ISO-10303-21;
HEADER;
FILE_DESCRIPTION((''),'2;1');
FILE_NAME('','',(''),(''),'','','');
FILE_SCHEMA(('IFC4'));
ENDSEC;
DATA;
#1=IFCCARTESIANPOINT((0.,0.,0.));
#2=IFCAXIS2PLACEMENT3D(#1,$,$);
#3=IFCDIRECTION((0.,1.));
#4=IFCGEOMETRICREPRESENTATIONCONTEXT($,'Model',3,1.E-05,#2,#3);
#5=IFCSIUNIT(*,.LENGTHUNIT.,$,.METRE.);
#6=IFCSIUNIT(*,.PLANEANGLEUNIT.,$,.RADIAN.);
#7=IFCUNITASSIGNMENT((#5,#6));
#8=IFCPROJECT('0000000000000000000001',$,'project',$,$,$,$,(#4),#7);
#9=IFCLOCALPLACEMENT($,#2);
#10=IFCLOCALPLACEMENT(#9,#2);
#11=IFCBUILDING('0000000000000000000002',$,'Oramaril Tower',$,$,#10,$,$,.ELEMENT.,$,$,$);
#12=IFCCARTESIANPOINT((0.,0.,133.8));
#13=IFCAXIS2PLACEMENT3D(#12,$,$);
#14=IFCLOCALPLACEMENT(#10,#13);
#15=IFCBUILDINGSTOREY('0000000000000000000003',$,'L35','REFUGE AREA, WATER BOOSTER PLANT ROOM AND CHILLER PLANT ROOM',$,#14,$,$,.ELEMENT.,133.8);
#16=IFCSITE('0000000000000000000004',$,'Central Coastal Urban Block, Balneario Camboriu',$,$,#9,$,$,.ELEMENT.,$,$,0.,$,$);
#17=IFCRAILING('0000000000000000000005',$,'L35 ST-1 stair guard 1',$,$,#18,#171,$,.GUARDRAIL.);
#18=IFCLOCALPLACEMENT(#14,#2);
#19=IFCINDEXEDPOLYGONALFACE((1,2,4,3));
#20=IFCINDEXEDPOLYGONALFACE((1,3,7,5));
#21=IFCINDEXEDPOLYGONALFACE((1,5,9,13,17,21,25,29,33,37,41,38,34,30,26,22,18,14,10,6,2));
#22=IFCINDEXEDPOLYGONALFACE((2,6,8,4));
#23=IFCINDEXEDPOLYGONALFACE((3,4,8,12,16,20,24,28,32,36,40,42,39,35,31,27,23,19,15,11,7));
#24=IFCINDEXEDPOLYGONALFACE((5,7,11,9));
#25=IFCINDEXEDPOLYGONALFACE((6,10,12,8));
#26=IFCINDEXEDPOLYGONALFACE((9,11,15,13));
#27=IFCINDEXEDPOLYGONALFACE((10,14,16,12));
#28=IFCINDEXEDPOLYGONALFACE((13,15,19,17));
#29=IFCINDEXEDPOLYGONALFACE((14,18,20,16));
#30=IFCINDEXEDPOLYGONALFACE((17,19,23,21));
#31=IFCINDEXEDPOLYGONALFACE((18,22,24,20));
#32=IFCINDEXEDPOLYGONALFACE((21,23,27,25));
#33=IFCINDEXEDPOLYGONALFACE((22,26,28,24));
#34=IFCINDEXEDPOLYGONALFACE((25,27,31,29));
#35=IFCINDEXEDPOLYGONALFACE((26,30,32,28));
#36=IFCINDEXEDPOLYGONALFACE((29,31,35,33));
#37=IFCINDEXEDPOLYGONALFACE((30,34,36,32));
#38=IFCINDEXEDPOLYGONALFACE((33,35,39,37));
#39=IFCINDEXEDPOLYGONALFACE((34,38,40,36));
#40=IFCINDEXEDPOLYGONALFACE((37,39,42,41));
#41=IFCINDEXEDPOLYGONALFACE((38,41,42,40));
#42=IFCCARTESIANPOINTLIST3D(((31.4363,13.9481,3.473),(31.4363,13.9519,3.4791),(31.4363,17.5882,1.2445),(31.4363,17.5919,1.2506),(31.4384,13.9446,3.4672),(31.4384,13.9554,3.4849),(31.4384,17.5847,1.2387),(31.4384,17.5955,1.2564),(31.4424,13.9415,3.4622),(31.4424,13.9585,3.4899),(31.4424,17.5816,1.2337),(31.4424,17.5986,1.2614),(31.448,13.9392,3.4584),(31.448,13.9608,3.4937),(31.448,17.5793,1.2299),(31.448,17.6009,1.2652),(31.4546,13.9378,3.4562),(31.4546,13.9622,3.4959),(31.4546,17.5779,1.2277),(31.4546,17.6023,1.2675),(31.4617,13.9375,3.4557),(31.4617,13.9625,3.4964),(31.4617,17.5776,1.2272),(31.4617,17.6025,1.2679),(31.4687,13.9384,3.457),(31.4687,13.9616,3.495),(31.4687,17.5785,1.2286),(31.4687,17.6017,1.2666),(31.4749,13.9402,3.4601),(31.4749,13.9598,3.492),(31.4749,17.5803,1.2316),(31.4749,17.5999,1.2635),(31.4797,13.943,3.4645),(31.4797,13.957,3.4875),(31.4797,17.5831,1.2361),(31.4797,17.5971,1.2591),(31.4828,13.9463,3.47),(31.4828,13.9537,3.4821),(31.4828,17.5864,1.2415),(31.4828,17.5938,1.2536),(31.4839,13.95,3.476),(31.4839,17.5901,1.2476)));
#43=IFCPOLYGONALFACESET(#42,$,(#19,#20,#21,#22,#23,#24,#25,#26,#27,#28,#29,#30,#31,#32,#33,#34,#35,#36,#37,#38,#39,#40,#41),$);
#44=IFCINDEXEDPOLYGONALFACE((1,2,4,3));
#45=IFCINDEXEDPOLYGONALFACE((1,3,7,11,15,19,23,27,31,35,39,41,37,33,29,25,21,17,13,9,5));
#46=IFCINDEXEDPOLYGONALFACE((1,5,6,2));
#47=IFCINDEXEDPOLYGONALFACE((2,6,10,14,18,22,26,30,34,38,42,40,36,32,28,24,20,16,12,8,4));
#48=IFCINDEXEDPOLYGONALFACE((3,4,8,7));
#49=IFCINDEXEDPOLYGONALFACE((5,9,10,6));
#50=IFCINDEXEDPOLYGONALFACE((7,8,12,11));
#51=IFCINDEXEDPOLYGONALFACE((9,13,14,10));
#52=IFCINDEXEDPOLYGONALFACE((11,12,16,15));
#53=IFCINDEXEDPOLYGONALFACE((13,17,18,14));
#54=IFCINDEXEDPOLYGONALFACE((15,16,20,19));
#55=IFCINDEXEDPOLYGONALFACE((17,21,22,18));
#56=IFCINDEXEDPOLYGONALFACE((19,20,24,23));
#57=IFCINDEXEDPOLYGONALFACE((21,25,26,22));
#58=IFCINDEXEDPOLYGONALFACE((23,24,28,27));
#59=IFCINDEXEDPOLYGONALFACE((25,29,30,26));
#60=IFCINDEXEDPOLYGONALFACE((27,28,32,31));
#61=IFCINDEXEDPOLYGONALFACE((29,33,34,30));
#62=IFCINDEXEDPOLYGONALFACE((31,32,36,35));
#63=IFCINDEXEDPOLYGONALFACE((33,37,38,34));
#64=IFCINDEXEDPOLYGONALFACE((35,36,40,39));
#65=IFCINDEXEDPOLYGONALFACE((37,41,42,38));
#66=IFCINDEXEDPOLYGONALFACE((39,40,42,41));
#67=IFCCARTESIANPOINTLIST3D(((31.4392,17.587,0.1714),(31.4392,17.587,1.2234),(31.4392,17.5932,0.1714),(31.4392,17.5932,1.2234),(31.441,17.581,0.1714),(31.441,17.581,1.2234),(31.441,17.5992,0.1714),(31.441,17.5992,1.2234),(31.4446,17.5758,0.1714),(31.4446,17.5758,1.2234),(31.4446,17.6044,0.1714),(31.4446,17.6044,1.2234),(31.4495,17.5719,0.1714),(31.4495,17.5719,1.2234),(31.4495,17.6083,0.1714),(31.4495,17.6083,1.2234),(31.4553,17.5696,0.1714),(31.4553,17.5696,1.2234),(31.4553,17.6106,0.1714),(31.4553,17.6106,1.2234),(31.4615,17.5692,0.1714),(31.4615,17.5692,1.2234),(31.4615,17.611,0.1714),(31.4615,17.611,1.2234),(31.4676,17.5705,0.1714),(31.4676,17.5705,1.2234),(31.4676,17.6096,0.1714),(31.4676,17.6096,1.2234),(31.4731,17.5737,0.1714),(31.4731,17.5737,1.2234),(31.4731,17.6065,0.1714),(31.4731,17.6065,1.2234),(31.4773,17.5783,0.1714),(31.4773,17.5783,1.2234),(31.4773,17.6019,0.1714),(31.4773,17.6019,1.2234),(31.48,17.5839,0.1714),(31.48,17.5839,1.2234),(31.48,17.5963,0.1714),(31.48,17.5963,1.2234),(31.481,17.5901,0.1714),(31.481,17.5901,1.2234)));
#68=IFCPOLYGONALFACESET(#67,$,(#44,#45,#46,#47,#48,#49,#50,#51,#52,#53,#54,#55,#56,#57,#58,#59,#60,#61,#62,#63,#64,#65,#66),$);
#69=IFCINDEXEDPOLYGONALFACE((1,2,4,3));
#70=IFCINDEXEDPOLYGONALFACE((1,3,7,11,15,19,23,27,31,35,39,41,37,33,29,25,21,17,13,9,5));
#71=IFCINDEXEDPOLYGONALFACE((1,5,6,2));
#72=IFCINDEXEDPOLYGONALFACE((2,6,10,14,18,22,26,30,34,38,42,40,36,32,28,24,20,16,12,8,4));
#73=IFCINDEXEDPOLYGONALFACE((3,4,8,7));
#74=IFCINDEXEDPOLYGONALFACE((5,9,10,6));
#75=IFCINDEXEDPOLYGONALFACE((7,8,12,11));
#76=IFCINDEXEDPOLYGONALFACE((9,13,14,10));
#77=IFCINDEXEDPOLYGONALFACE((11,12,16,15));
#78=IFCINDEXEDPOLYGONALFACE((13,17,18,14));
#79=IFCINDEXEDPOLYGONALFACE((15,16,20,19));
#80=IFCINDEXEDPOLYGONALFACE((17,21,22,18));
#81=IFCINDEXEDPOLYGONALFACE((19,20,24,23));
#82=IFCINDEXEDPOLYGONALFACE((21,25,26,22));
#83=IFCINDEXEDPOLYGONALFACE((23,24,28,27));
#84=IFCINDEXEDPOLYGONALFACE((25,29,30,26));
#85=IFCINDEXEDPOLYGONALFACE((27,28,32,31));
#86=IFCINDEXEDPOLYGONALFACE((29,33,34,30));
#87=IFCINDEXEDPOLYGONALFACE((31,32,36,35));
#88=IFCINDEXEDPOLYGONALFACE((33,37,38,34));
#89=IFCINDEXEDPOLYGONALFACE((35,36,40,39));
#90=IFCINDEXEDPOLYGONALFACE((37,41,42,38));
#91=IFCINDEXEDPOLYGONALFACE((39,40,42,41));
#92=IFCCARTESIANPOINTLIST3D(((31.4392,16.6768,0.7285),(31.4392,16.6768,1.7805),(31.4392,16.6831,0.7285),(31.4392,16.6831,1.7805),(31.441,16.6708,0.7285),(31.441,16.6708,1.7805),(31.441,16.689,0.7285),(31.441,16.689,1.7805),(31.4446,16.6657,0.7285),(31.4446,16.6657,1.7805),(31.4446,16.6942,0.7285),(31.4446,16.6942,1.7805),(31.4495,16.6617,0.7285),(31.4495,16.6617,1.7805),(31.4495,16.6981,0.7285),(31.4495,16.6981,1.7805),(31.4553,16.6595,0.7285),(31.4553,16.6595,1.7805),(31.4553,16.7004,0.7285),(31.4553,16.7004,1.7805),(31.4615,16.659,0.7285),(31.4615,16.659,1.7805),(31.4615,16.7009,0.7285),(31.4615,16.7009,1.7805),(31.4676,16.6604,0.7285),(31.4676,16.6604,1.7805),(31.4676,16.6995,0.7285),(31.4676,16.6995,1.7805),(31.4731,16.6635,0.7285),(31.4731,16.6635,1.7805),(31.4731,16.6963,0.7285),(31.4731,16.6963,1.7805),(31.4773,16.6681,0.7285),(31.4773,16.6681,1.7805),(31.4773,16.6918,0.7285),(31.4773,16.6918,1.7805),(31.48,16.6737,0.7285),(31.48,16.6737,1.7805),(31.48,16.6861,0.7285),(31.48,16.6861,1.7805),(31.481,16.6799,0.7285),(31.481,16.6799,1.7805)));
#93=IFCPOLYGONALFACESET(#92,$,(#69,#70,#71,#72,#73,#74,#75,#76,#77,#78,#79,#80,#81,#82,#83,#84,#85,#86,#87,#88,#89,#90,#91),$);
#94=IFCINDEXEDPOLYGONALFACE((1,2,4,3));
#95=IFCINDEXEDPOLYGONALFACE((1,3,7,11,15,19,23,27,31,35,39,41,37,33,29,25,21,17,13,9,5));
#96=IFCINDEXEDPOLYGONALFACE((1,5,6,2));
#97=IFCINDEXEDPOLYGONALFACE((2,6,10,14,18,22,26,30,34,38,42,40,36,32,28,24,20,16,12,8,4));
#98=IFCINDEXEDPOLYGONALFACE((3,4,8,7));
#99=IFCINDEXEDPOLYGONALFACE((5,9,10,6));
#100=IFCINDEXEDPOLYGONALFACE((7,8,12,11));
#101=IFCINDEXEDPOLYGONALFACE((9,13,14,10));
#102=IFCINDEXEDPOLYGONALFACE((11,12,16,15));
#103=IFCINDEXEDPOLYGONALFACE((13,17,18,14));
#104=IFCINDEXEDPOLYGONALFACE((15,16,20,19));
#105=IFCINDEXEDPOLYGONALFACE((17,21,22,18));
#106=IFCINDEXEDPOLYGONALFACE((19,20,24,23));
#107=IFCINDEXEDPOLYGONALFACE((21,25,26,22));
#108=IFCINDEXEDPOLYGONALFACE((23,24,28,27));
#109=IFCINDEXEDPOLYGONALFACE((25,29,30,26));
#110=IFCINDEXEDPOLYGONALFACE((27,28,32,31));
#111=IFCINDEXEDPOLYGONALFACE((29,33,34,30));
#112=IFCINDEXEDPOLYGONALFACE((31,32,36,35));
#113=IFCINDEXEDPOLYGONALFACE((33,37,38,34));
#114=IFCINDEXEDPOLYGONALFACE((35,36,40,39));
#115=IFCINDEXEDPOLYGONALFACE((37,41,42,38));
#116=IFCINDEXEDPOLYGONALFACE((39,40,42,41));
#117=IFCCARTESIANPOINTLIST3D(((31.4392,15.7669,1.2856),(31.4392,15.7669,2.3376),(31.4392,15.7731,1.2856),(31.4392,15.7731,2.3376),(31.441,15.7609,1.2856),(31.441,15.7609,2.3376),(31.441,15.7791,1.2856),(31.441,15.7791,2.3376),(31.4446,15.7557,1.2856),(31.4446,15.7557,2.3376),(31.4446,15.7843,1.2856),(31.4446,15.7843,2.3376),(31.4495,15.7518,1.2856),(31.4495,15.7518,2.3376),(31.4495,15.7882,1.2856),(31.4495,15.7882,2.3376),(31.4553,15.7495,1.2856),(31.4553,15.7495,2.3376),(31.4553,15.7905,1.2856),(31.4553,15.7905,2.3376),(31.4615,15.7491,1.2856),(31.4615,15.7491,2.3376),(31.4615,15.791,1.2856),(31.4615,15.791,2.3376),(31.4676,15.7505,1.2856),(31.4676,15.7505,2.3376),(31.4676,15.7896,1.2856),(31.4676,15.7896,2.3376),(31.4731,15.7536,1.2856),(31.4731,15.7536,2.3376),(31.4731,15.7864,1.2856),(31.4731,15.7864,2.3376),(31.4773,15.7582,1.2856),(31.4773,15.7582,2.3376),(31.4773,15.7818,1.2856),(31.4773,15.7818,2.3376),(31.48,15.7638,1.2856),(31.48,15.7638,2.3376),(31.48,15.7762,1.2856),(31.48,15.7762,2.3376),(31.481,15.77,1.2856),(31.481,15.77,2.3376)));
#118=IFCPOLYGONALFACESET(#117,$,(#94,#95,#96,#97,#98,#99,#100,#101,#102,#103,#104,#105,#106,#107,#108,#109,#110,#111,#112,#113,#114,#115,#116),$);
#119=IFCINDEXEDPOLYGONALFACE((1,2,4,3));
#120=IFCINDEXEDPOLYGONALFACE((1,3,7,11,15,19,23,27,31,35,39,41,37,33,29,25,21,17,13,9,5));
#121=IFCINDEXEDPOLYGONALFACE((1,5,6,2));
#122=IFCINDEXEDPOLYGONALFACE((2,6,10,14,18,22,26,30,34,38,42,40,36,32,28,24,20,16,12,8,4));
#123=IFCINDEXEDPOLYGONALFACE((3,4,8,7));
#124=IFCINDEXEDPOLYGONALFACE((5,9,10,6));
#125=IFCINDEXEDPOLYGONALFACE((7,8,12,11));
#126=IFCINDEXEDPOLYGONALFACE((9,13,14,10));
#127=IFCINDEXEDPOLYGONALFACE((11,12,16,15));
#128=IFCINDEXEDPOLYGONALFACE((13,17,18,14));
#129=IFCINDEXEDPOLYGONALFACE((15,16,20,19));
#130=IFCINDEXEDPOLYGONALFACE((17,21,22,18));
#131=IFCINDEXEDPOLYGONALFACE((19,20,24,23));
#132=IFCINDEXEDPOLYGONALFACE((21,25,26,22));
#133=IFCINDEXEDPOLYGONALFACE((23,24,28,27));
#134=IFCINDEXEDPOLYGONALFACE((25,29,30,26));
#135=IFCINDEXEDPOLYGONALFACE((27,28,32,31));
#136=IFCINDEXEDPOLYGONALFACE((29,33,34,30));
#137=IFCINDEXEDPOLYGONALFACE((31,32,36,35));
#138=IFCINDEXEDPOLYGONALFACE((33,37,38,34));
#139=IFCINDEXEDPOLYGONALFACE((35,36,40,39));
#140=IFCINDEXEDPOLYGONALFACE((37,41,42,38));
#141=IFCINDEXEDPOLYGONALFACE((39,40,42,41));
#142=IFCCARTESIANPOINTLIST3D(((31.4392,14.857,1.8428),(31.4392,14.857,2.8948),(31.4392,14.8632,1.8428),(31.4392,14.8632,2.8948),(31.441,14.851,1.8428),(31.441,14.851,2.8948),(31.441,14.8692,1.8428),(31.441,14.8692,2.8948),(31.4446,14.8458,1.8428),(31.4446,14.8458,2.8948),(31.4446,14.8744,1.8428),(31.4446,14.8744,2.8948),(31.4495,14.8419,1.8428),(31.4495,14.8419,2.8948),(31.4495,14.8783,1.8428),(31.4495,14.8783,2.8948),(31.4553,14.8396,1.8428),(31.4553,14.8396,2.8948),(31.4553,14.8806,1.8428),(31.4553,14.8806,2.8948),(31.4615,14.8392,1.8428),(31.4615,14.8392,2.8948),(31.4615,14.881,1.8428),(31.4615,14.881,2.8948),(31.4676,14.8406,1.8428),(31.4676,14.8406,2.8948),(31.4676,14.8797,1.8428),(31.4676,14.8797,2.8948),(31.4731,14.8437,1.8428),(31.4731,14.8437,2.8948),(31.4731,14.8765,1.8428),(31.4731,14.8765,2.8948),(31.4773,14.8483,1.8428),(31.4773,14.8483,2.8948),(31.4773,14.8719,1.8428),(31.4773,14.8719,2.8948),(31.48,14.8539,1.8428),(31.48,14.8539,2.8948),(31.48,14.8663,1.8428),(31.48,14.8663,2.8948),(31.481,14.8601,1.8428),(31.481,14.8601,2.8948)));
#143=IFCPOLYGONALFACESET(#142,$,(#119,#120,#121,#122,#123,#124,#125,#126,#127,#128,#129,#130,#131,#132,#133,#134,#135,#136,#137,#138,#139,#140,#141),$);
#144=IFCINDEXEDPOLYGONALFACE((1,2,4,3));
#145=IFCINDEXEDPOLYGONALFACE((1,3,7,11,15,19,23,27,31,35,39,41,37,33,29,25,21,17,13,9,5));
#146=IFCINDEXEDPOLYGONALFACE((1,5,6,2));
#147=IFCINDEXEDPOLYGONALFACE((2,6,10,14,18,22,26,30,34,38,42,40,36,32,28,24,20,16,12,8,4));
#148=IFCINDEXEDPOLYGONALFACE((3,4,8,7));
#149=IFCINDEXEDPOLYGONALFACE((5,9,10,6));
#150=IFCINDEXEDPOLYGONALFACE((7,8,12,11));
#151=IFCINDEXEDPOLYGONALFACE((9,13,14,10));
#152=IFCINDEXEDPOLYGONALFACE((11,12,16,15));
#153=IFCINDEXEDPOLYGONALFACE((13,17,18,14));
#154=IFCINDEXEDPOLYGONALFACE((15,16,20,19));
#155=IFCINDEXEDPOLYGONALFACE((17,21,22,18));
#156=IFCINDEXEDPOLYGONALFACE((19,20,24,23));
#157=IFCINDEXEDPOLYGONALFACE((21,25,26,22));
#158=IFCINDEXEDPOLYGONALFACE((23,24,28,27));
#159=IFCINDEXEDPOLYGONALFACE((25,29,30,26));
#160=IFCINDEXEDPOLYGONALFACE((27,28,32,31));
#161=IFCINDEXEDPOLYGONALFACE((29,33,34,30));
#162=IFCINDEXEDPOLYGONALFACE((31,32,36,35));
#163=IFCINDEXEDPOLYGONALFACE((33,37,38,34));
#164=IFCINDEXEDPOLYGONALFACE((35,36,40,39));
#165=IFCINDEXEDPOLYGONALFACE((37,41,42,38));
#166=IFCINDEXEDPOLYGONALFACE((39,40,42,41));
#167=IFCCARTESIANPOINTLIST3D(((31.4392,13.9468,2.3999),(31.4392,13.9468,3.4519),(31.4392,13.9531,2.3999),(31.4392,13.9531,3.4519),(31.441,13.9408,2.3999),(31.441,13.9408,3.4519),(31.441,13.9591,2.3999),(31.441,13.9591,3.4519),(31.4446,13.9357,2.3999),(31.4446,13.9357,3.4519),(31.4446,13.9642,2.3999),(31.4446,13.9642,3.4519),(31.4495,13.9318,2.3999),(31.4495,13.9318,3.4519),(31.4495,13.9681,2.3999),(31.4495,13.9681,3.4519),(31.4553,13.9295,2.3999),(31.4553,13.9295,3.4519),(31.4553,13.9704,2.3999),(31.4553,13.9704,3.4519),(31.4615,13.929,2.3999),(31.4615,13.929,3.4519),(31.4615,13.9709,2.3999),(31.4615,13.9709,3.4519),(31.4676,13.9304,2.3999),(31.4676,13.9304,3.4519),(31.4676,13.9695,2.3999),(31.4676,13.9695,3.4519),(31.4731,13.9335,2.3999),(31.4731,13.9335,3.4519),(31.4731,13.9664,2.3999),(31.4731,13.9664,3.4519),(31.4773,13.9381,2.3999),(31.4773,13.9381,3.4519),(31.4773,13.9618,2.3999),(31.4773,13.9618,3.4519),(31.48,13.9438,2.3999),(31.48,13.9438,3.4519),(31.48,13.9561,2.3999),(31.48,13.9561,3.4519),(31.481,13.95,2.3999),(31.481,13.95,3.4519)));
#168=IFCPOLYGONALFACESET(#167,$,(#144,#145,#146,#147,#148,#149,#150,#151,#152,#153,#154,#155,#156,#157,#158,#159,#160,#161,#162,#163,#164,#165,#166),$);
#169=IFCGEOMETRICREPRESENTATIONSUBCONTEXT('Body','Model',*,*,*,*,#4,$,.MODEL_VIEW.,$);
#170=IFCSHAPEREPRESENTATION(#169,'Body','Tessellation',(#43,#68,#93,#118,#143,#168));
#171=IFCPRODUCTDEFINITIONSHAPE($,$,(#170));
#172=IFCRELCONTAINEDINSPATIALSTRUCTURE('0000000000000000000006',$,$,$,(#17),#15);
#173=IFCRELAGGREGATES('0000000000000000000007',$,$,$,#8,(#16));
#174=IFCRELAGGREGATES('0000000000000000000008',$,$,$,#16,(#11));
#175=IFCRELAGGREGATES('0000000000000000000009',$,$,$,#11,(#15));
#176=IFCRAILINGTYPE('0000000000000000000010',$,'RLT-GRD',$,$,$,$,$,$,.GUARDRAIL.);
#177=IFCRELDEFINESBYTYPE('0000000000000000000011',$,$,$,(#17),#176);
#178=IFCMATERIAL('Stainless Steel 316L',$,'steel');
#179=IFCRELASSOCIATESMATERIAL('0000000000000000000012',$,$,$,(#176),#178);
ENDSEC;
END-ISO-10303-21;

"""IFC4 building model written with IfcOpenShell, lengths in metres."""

from ifc_helpers import new_model, si_unit, direction, frame, origin, origin_2d, place, context, subcontext, project, spatial, circle, extrude, material, type_object, element, save


model = new_model("IFC4")

# Units and contexts
model_context = context("Model", 3, precision=1e-05, world=origin(), true_north=direction((0.0, 1.0)))
body_context = subcontext(model_context, "Body", "Model", "MODEL_VIEW")
ifc_project = project(units=[si_unit("LENGTHUNIT", "METRE"), si_unit("PLANEANGLEUNIT", "RADIAN")], contexts=[model_context])

# Site, building, storey
site_placement = place(None, origin())
site = spatial("IfcSite", under=ifc_project, at=site_placement, Name="Central Coastal Urban Block, Balneario Camboriu", CompositionType="ELEMENT", RefElevation=0.0)
building_placement = place(site_placement, origin())
building = spatial("IfcBuilding", under=site, at=building_placement, Name="Oramaril Tower", CompositionType="ELEMENT")
storey_placement = place(building_placement, frame((0.0, 0.0, 133.8)))
storey = spatial("IfcBuildingStorey", under=building, at=storey_placement, Name="L35", Description="REFUGE AREA, WATER BOOSTER PLANT ROOM AND CHILLER PLANT ROOM", CompositionType="ELEMENT", Elevation=133.8)

# Railing
ifc_material_1 = material(Name="Stainless Steel 316L", Category="steel")
railing_type_1 = type_object("IfcRailingType", Name="RLT-GRD", PredefinedType="GUARDRAIL", material=ifc_material_1)
railing_1_placement = place(storey_placement, frame((31.46, 17.5901, 0.1714)))
element("IfcRailing", 1, at=railing_1_placement, inside=storey, type_object=railing_type_1, Name="L35 ST-1 stair guard 1", PredefinedType="GUARDRAIL", context=body_context, shape_type="SweptSolid", body=[
    extrude(circle(Radius=0.0239, at=origin_2d()), frame((0.0, 0.0, 1.0762), z_axis=(0.0, -0.852866, 0.52213), x_axis=(1.0, 0.0, 0.0)), (0.0, 0.0, 1.0), 4.2681),
    extrude(circle(Radius=0.021, at=origin_2d()), origin(), (0.0, 0.0, 1.0), 1.052),
    extrude(circle(Radius=0.021, at=origin_2d()), frame((0.0, -0.9102, 0.5571)), (0.0, 0.0, 1.0), 1.052),
    extrude(circle(Radius=0.021, at=origin_2d()), frame((0.0, -1.8201, 1.1143)), (0.0, 0.0, 1.0), 1.052),
    extrude(circle(Radius=0.021, at=origin_2d()), frame((0.0, -2.73, 1.6714)), (0.0, 0.0, 1.0), 1.052),
    extrude(circle(Radius=0.021, at=origin_2d()), frame((0.0, -3.6401, 2.2285)), (0.0, 0.0, 1.0), 1.052),
])

save(model, "model.ifc")
